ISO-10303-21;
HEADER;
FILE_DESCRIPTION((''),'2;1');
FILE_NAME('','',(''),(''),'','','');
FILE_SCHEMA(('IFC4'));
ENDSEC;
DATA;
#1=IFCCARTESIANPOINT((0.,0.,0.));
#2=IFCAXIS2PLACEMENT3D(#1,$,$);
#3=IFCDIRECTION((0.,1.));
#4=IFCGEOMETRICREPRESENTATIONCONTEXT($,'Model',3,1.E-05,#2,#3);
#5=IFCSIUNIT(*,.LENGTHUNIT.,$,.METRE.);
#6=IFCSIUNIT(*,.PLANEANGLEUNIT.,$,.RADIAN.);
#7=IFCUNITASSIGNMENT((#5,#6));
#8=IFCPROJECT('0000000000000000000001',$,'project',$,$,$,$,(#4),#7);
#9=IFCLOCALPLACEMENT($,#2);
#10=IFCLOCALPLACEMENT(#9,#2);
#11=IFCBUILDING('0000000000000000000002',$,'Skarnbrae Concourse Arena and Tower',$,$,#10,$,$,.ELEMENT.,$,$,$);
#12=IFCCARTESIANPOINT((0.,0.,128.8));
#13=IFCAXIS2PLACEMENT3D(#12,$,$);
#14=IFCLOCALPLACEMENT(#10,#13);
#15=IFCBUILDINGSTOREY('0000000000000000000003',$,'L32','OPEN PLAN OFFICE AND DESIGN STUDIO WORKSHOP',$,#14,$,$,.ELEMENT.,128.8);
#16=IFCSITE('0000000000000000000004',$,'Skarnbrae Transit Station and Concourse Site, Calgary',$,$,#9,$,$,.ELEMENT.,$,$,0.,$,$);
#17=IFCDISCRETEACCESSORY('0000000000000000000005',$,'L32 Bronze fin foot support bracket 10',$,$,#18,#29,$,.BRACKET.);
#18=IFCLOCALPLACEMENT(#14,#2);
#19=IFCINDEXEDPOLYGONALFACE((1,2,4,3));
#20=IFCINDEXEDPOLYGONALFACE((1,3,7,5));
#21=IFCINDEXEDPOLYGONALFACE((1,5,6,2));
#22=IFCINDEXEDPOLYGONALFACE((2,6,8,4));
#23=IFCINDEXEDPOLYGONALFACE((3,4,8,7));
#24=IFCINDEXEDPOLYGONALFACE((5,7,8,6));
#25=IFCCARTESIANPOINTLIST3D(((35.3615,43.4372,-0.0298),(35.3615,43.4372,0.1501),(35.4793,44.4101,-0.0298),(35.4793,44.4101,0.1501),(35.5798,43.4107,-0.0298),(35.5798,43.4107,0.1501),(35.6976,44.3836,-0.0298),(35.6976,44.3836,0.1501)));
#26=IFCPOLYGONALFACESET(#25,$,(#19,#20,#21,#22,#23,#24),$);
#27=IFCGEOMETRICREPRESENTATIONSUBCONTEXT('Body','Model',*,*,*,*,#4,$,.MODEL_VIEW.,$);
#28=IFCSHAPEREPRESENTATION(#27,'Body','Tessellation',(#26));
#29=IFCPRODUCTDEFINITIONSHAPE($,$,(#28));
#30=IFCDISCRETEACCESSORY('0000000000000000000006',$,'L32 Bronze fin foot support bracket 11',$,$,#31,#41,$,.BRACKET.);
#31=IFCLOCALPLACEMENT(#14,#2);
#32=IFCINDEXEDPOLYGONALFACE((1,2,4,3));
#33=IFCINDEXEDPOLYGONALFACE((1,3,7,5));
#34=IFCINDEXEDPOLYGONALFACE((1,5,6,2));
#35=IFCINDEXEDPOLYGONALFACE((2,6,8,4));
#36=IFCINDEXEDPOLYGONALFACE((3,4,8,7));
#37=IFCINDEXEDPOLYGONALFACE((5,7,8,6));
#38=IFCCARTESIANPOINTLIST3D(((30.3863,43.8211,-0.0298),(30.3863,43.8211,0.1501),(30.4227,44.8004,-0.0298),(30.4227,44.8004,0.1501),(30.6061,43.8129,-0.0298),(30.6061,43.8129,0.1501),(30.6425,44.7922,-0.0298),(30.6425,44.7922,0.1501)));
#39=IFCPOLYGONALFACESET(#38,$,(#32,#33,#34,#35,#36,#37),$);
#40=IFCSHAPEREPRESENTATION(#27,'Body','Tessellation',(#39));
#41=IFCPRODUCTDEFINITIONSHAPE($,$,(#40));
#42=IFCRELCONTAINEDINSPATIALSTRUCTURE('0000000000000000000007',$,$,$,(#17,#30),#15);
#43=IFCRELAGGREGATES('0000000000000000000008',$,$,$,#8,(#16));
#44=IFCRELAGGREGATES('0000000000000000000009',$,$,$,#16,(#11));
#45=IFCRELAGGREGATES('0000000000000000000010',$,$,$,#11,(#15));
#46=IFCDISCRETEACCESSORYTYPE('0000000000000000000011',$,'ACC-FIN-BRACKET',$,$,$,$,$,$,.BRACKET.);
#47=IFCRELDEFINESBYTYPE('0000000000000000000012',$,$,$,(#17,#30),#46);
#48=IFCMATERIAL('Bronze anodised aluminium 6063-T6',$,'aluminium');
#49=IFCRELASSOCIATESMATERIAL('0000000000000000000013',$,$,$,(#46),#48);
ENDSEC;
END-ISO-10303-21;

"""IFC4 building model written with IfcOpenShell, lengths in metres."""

from ifc_helpers import new_model, si_unit, direction, frame, origin, origin_2d, place, context, subcontext, project, spatial, rectangle, extrude, source, transform, mapped, material, type_object, element, save


model = new_model("IFC4")

# Units and contexts
model_context = context("Model", 3, precision=1e-05, world=origin(), true_north=direction((0.0, 1.0)))
body_context = subcontext(model_context, "Body", "Model", "MODEL_VIEW")
ifc_project = project(units=[si_unit("LENGTHUNIT", "METRE"), si_unit("PLANEANGLEUNIT", "RADIAN")], contexts=[model_context])

# Site, building, storey
site_placement = place(None, origin())
site = spatial("IfcSite", under=ifc_project, at=site_placement, Name="Skarnbrae Transit Station and Concourse Site, Calgary", CompositionType="ELEMENT", RefElevation=0.0)
building_placement = place(site_placement, origin())
building = spatial("IfcBuilding", under=site, at=building_placement, Name="Skarnbrae Concourse Arena and Tower", CompositionType="ELEMENT")
storey_placement = place(building_placement, frame((0.0, 0.0, 128.8)))
storey = spatial("IfcBuildingStorey", under=building, at=storey_placement, Name="L32", Description="OPEN PLAN OFFICE AND DESIGN STUDIO WORKSHOP", CompositionType="ELEMENT", Elevation=128.8)

# Shared definitions
ifc_material_1 = material(Name="Bronze anodised aluminium 6063-T6", Category="aluminium")

# Discrete accessories
discrete_accessory_type = type_object("IfcDiscreteAccessoryType", Name="ACC-FIN-BRACKET", PredefinedType="BRACKET", material=ifc_material_1)
shared_shape_1 = source(origin(), body_context, "Body", "SweptSolid", [
    extrude(rectangle(XDim=0.22, YDim=0.98, at=origin_2d()), origin(), (0.0, 0.0, 1.0), 0.1799),
])
for number, where, z_axis, x_axis, name in (
    (1, (35.5295, 43.9104, -0.0298), (0.0, 0.0, 1.0), (0.992749, -0.120206, 0.0), "L32 Bronze fin foot support bracket 10"),
    (2, (30.5144, 44.3066, -0.0298), (0.0, 0.0, 1.0), (0.999308, -0.037184, 0.0), "L32 Bronze fin foot support bracket 11"),
):
    element("IfcDiscreteAccessory", number, at=place(storey_placement, frame(where, z_axis=z_axis, x_axis=x_axis)), inside=storey, type_object=discrete_accessory_type, Name=name, PredefinedType="BRACKET", context=body_context, shape_type="MappedRepresentation", body=[
        mapped(shared_shape_1, transform((0.0, 0.0, 0.0))),
    ])

save(model, "model.ifc")
